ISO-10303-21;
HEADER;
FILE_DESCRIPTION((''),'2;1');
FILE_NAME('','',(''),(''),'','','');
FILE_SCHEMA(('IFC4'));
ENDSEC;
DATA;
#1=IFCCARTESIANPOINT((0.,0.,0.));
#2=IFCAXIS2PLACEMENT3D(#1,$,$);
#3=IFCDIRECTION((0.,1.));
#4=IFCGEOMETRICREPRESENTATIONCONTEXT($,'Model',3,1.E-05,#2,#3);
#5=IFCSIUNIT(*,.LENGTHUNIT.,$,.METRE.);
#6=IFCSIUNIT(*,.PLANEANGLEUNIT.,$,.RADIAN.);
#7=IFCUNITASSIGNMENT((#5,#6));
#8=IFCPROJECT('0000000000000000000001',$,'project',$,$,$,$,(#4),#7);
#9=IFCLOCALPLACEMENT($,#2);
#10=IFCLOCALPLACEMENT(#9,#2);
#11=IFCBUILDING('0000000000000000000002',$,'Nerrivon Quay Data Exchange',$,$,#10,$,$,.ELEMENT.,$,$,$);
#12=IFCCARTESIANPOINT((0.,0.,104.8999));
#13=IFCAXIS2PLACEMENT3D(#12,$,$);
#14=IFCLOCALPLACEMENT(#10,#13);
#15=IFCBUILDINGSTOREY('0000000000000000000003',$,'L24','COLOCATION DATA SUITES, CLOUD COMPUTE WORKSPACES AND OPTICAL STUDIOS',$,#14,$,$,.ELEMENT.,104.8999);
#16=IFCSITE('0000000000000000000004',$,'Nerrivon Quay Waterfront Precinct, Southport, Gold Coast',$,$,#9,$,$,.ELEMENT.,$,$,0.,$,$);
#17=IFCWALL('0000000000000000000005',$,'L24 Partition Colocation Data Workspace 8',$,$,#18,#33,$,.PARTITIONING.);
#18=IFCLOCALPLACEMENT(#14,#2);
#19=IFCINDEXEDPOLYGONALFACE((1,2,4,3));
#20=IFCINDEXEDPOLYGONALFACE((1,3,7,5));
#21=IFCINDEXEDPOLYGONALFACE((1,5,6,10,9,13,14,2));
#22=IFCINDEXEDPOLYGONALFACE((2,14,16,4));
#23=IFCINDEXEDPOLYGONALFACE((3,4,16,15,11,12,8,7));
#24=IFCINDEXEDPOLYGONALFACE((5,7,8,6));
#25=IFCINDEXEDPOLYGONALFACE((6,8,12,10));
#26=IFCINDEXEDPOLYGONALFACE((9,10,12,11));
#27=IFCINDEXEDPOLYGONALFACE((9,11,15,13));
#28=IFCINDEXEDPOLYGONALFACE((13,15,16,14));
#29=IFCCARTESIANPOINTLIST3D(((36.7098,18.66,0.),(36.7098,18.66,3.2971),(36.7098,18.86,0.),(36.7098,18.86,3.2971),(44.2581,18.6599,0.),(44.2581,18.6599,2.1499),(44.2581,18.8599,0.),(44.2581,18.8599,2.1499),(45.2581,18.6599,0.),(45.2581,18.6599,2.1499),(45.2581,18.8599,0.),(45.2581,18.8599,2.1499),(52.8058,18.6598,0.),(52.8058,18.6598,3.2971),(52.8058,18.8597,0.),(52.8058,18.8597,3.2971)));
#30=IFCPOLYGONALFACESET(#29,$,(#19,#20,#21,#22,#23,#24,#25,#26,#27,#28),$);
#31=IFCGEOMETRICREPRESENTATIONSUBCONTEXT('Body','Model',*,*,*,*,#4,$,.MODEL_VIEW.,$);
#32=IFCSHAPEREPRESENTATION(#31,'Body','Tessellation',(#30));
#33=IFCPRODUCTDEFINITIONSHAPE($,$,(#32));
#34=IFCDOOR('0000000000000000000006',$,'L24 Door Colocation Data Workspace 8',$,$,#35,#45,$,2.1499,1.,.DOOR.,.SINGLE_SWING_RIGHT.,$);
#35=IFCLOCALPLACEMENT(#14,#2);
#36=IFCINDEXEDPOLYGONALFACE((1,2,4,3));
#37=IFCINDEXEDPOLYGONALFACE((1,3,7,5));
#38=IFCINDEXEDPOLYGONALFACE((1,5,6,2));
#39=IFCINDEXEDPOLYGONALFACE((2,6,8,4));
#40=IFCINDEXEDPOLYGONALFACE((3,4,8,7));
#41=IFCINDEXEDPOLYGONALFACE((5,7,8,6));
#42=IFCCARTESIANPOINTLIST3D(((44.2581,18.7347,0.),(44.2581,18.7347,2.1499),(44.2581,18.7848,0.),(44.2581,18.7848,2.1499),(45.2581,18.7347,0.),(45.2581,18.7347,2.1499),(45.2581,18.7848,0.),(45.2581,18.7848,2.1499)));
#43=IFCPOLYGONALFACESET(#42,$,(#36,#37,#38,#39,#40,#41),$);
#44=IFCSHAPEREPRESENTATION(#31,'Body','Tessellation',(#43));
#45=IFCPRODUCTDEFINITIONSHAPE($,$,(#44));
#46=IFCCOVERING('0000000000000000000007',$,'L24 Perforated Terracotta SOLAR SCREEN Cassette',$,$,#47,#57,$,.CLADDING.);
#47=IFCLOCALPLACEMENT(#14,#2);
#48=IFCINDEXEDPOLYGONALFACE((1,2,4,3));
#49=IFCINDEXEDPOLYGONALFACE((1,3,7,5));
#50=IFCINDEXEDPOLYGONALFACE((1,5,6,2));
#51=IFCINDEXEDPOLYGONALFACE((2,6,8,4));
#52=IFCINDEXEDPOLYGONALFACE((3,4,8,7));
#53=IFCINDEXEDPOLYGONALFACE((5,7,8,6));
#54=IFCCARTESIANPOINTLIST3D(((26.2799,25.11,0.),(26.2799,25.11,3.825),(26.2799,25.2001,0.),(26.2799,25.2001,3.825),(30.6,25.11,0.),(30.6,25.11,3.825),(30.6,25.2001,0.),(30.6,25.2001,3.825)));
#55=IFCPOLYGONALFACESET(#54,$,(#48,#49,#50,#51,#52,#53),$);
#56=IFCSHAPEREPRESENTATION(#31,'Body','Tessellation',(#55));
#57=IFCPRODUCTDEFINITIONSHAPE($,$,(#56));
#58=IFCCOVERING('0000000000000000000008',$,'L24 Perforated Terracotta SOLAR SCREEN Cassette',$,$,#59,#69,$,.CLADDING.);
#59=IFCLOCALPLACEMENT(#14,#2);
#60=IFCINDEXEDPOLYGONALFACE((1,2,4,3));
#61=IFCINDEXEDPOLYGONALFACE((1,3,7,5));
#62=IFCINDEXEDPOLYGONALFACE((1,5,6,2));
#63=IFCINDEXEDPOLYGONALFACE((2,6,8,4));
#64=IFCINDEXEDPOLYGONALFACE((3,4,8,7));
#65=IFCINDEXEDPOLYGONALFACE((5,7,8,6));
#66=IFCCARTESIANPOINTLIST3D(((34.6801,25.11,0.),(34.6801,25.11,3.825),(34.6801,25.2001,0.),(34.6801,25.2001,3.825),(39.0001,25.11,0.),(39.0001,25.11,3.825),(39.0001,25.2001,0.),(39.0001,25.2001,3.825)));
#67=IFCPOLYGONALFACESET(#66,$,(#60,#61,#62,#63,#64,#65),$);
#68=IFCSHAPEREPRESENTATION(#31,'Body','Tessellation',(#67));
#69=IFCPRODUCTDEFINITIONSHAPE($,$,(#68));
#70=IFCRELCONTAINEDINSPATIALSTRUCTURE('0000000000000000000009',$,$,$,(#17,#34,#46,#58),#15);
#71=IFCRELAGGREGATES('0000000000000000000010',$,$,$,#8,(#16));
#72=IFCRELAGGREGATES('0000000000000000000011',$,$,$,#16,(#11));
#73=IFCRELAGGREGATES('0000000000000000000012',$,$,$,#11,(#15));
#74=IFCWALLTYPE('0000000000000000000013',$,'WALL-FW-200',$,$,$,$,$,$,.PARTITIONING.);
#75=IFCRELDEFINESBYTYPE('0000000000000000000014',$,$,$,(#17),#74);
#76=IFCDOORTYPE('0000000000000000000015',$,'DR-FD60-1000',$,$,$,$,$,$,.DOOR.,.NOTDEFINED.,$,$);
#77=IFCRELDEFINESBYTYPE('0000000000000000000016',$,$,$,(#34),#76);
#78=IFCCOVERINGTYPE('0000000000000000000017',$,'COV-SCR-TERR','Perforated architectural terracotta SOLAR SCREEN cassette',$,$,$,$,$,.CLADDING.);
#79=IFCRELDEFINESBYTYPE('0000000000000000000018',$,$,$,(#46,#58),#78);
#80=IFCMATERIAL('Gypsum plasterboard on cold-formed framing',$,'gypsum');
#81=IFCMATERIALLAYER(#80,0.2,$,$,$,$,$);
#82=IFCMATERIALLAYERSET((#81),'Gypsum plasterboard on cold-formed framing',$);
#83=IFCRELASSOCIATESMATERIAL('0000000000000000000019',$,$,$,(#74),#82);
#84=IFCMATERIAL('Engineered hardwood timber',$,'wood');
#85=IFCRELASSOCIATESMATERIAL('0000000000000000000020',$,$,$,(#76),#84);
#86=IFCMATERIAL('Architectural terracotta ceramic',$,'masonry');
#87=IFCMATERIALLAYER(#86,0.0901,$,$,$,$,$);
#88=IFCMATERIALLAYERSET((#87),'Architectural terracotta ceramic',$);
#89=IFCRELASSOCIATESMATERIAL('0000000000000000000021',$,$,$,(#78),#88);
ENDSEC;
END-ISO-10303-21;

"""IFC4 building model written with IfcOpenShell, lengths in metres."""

from ifc_helpers import new_model, si_unit, direction, frame, frame_2d, origin, origin_2d, place, context, subcontext, project, spatial, rectangle, extrude, material, layer, layer_set, type_object, element, fill, save


model = new_model("IFC4")

# Units and contexts
model_context = context("Model", 3, precision=1e-05, world=origin(), true_north=direction((0.0, 1.0)))
body_context = subcontext(model_context, "Body", "Model", "MODEL_VIEW")
ifc_project = project(units=[si_unit("LENGTHUNIT", "METRE"), si_unit("PLANEANGLEUNIT", "RADIAN")], contexts=[model_context])

# Site, building, storey
site_placement = place(None, origin())
site = spatial("IfcSite", under=ifc_project, at=site_placement, Name="Nerrivon Quay Waterfront Precinct, Southport, Gold Coast", CompositionType="ELEMENT", RefElevation=0.0)
building_placement = place(site_placement, origin())
building = spatial("IfcBuilding", under=site, at=building_placement, Name="Nerrivon Quay Data Exchange", CompositionType="ELEMENT")
storey_placement = place(building_placement, frame((0.0, 0.0, 104.8999)))
storey = spatial("IfcBuildingStorey", under=building, at=storey_placement, Name="L24", Description="COLOCATION DATA SUITES, CLOUD COMPUTE WORKSPACES AND OPTICAL STUDIOS", CompositionType="ELEMENT", Elevation=104.8999)

# Shared definitions
ifc_material_1 = material(Name="Gypsum plasterboard on cold-formed framing", Category="gypsum")
ifc_layer_1 = layer(ifc_material_1, 0.2)
ifc_layer_set_1 = layer_set([ifc_layer_1], Name="Gypsum plasterboard on cold-formed framing")
wall_type_1 = type_object("IfcWallType", Name="WALL-FW-200", PredefinedType="PARTITIONING", material=ifc_layer_set_1)

# Shared definitions
ifc_material_2 = material(Name="Engineered hardwood timber", Category="wood")
door_type = type_object("IfcDoorType", Name="DR-FD60-1000", OperationType="NOTDEFINED", PredefinedType="DOOR", material=ifc_material_2)

# Wall, opening, door
wall_1_placement = place(storey_placement, frame((36.71, 18.76, 0.0), z_axis=(0.0, 0.0, 1.0), x_axis=(1.0, -0.000015, 0.0)))
wall_1 = element("IfcWall", 1, at=wall_1_placement, inside=storey, type_object=wall_type_1, Name="L24 Partition Colocation Data Workspace 8", PredefinedType="PARTITIONING", context=body_context, shape_type="SweptSolid", body=[
    extrude(rectangle(XDim=16.0959, YDim=0.2, at=frame_2d((8.0479, 0.0))), origin(), (0.0, 0.0, 1.0), 3.2971),
])
opening_1_placement = place(wall_1_placement, frame((7.5481, 0.0, 0.0)))
opening_1 = element("IfcOpeningElement", 2, at=opening_1_placement, cuts=wall_1, PredefinedType="OPENING", context=body_context, shape_type="SweptSolid", body=[
    extrude(rectangle(XDim=1.0, YDim=2.1499, at=frame_2d((0.5, 1.075))), frame((0.0, 0.1099, 0.0), z_axis=(0.0, -1.0, 0.0), x_axis=(1.0, 0.0, 0.0)), (0.0, 0.0, 1.0), 0.22),
])
door_1_placement = place(opening_1_placement, origin())
door_1 = element("IfcDoor", 3, at=door_1_placement, inside=storey, type_object=door_type, Name="L24 Door Colocation Data Workspace 8", OperationType="SINGLE_SWING_RIGHT", OverallHeight=2.1499, OverallWidth=1.0, PredefinedType="DOOR", context=body_context, shape_type="SweptSolid", body=[
    extrude(rectangle(XDim=1.0, YDim=2.1499, at=frame_2d((0.5, 1.075))), frame((0.0, 0.0249, 0.0), z_axis=(0.0, -1.0, 0.0), x_axis=(1.0, 0.0, 0.0)), (0.0, 0.0, 1.0), 0.05),
])
fill(opening_1, door_1)

# Coverings
ifc_material_3 = material(Name="Architectural terracotta ceramic", Category="masonry")
ifc_layer_2 = layer(ifc_material_3, 0.0901)
ifc_layer_set_2 = layer_set([ifc_layer_2], Name="Architectural terracotta ceramic")
covering_type = type_object("IfcCoveringType", Name="COV-SCR-TERR", Description="Perforated architectural terracotta SOLAR SCREEN cassette", PredefinedType="CLADDING", material=ifc_layer_set_2)
for number, where, z_axis, x_axis, name in (
    (4, (28.4399, 25.155, 0.0), (0.0, 0.0, 1.0), (1.0, 0.0, 0.0), "L24 Perforated Terracotta SOLAR SCREEN Cassette"),
    (5, (36.8401, 25.155, 0.0), (0.0, 0.0, 1.0), (1.0, 0.0, 0.0), "L24 Perforated Terracotta SOLAR SCREEN Cassette"),
):
    element("IfcCovering", number, at=place(storey_placement, frame(where, z_axis=z_axis, x_axis=x_axis)), inside=storey, type_object=covering_type, Name=name, PredefinedType="CLADDING", context=body_context, shape_type="SweptSolid", body=[
        extrude(rectangle(XDim=4.3201, YDim=0.0901, at=origin_2d()), origin(), (0.0, 0.0, 1.0), 3.825),
    ])

save(model, "model.ifc")
